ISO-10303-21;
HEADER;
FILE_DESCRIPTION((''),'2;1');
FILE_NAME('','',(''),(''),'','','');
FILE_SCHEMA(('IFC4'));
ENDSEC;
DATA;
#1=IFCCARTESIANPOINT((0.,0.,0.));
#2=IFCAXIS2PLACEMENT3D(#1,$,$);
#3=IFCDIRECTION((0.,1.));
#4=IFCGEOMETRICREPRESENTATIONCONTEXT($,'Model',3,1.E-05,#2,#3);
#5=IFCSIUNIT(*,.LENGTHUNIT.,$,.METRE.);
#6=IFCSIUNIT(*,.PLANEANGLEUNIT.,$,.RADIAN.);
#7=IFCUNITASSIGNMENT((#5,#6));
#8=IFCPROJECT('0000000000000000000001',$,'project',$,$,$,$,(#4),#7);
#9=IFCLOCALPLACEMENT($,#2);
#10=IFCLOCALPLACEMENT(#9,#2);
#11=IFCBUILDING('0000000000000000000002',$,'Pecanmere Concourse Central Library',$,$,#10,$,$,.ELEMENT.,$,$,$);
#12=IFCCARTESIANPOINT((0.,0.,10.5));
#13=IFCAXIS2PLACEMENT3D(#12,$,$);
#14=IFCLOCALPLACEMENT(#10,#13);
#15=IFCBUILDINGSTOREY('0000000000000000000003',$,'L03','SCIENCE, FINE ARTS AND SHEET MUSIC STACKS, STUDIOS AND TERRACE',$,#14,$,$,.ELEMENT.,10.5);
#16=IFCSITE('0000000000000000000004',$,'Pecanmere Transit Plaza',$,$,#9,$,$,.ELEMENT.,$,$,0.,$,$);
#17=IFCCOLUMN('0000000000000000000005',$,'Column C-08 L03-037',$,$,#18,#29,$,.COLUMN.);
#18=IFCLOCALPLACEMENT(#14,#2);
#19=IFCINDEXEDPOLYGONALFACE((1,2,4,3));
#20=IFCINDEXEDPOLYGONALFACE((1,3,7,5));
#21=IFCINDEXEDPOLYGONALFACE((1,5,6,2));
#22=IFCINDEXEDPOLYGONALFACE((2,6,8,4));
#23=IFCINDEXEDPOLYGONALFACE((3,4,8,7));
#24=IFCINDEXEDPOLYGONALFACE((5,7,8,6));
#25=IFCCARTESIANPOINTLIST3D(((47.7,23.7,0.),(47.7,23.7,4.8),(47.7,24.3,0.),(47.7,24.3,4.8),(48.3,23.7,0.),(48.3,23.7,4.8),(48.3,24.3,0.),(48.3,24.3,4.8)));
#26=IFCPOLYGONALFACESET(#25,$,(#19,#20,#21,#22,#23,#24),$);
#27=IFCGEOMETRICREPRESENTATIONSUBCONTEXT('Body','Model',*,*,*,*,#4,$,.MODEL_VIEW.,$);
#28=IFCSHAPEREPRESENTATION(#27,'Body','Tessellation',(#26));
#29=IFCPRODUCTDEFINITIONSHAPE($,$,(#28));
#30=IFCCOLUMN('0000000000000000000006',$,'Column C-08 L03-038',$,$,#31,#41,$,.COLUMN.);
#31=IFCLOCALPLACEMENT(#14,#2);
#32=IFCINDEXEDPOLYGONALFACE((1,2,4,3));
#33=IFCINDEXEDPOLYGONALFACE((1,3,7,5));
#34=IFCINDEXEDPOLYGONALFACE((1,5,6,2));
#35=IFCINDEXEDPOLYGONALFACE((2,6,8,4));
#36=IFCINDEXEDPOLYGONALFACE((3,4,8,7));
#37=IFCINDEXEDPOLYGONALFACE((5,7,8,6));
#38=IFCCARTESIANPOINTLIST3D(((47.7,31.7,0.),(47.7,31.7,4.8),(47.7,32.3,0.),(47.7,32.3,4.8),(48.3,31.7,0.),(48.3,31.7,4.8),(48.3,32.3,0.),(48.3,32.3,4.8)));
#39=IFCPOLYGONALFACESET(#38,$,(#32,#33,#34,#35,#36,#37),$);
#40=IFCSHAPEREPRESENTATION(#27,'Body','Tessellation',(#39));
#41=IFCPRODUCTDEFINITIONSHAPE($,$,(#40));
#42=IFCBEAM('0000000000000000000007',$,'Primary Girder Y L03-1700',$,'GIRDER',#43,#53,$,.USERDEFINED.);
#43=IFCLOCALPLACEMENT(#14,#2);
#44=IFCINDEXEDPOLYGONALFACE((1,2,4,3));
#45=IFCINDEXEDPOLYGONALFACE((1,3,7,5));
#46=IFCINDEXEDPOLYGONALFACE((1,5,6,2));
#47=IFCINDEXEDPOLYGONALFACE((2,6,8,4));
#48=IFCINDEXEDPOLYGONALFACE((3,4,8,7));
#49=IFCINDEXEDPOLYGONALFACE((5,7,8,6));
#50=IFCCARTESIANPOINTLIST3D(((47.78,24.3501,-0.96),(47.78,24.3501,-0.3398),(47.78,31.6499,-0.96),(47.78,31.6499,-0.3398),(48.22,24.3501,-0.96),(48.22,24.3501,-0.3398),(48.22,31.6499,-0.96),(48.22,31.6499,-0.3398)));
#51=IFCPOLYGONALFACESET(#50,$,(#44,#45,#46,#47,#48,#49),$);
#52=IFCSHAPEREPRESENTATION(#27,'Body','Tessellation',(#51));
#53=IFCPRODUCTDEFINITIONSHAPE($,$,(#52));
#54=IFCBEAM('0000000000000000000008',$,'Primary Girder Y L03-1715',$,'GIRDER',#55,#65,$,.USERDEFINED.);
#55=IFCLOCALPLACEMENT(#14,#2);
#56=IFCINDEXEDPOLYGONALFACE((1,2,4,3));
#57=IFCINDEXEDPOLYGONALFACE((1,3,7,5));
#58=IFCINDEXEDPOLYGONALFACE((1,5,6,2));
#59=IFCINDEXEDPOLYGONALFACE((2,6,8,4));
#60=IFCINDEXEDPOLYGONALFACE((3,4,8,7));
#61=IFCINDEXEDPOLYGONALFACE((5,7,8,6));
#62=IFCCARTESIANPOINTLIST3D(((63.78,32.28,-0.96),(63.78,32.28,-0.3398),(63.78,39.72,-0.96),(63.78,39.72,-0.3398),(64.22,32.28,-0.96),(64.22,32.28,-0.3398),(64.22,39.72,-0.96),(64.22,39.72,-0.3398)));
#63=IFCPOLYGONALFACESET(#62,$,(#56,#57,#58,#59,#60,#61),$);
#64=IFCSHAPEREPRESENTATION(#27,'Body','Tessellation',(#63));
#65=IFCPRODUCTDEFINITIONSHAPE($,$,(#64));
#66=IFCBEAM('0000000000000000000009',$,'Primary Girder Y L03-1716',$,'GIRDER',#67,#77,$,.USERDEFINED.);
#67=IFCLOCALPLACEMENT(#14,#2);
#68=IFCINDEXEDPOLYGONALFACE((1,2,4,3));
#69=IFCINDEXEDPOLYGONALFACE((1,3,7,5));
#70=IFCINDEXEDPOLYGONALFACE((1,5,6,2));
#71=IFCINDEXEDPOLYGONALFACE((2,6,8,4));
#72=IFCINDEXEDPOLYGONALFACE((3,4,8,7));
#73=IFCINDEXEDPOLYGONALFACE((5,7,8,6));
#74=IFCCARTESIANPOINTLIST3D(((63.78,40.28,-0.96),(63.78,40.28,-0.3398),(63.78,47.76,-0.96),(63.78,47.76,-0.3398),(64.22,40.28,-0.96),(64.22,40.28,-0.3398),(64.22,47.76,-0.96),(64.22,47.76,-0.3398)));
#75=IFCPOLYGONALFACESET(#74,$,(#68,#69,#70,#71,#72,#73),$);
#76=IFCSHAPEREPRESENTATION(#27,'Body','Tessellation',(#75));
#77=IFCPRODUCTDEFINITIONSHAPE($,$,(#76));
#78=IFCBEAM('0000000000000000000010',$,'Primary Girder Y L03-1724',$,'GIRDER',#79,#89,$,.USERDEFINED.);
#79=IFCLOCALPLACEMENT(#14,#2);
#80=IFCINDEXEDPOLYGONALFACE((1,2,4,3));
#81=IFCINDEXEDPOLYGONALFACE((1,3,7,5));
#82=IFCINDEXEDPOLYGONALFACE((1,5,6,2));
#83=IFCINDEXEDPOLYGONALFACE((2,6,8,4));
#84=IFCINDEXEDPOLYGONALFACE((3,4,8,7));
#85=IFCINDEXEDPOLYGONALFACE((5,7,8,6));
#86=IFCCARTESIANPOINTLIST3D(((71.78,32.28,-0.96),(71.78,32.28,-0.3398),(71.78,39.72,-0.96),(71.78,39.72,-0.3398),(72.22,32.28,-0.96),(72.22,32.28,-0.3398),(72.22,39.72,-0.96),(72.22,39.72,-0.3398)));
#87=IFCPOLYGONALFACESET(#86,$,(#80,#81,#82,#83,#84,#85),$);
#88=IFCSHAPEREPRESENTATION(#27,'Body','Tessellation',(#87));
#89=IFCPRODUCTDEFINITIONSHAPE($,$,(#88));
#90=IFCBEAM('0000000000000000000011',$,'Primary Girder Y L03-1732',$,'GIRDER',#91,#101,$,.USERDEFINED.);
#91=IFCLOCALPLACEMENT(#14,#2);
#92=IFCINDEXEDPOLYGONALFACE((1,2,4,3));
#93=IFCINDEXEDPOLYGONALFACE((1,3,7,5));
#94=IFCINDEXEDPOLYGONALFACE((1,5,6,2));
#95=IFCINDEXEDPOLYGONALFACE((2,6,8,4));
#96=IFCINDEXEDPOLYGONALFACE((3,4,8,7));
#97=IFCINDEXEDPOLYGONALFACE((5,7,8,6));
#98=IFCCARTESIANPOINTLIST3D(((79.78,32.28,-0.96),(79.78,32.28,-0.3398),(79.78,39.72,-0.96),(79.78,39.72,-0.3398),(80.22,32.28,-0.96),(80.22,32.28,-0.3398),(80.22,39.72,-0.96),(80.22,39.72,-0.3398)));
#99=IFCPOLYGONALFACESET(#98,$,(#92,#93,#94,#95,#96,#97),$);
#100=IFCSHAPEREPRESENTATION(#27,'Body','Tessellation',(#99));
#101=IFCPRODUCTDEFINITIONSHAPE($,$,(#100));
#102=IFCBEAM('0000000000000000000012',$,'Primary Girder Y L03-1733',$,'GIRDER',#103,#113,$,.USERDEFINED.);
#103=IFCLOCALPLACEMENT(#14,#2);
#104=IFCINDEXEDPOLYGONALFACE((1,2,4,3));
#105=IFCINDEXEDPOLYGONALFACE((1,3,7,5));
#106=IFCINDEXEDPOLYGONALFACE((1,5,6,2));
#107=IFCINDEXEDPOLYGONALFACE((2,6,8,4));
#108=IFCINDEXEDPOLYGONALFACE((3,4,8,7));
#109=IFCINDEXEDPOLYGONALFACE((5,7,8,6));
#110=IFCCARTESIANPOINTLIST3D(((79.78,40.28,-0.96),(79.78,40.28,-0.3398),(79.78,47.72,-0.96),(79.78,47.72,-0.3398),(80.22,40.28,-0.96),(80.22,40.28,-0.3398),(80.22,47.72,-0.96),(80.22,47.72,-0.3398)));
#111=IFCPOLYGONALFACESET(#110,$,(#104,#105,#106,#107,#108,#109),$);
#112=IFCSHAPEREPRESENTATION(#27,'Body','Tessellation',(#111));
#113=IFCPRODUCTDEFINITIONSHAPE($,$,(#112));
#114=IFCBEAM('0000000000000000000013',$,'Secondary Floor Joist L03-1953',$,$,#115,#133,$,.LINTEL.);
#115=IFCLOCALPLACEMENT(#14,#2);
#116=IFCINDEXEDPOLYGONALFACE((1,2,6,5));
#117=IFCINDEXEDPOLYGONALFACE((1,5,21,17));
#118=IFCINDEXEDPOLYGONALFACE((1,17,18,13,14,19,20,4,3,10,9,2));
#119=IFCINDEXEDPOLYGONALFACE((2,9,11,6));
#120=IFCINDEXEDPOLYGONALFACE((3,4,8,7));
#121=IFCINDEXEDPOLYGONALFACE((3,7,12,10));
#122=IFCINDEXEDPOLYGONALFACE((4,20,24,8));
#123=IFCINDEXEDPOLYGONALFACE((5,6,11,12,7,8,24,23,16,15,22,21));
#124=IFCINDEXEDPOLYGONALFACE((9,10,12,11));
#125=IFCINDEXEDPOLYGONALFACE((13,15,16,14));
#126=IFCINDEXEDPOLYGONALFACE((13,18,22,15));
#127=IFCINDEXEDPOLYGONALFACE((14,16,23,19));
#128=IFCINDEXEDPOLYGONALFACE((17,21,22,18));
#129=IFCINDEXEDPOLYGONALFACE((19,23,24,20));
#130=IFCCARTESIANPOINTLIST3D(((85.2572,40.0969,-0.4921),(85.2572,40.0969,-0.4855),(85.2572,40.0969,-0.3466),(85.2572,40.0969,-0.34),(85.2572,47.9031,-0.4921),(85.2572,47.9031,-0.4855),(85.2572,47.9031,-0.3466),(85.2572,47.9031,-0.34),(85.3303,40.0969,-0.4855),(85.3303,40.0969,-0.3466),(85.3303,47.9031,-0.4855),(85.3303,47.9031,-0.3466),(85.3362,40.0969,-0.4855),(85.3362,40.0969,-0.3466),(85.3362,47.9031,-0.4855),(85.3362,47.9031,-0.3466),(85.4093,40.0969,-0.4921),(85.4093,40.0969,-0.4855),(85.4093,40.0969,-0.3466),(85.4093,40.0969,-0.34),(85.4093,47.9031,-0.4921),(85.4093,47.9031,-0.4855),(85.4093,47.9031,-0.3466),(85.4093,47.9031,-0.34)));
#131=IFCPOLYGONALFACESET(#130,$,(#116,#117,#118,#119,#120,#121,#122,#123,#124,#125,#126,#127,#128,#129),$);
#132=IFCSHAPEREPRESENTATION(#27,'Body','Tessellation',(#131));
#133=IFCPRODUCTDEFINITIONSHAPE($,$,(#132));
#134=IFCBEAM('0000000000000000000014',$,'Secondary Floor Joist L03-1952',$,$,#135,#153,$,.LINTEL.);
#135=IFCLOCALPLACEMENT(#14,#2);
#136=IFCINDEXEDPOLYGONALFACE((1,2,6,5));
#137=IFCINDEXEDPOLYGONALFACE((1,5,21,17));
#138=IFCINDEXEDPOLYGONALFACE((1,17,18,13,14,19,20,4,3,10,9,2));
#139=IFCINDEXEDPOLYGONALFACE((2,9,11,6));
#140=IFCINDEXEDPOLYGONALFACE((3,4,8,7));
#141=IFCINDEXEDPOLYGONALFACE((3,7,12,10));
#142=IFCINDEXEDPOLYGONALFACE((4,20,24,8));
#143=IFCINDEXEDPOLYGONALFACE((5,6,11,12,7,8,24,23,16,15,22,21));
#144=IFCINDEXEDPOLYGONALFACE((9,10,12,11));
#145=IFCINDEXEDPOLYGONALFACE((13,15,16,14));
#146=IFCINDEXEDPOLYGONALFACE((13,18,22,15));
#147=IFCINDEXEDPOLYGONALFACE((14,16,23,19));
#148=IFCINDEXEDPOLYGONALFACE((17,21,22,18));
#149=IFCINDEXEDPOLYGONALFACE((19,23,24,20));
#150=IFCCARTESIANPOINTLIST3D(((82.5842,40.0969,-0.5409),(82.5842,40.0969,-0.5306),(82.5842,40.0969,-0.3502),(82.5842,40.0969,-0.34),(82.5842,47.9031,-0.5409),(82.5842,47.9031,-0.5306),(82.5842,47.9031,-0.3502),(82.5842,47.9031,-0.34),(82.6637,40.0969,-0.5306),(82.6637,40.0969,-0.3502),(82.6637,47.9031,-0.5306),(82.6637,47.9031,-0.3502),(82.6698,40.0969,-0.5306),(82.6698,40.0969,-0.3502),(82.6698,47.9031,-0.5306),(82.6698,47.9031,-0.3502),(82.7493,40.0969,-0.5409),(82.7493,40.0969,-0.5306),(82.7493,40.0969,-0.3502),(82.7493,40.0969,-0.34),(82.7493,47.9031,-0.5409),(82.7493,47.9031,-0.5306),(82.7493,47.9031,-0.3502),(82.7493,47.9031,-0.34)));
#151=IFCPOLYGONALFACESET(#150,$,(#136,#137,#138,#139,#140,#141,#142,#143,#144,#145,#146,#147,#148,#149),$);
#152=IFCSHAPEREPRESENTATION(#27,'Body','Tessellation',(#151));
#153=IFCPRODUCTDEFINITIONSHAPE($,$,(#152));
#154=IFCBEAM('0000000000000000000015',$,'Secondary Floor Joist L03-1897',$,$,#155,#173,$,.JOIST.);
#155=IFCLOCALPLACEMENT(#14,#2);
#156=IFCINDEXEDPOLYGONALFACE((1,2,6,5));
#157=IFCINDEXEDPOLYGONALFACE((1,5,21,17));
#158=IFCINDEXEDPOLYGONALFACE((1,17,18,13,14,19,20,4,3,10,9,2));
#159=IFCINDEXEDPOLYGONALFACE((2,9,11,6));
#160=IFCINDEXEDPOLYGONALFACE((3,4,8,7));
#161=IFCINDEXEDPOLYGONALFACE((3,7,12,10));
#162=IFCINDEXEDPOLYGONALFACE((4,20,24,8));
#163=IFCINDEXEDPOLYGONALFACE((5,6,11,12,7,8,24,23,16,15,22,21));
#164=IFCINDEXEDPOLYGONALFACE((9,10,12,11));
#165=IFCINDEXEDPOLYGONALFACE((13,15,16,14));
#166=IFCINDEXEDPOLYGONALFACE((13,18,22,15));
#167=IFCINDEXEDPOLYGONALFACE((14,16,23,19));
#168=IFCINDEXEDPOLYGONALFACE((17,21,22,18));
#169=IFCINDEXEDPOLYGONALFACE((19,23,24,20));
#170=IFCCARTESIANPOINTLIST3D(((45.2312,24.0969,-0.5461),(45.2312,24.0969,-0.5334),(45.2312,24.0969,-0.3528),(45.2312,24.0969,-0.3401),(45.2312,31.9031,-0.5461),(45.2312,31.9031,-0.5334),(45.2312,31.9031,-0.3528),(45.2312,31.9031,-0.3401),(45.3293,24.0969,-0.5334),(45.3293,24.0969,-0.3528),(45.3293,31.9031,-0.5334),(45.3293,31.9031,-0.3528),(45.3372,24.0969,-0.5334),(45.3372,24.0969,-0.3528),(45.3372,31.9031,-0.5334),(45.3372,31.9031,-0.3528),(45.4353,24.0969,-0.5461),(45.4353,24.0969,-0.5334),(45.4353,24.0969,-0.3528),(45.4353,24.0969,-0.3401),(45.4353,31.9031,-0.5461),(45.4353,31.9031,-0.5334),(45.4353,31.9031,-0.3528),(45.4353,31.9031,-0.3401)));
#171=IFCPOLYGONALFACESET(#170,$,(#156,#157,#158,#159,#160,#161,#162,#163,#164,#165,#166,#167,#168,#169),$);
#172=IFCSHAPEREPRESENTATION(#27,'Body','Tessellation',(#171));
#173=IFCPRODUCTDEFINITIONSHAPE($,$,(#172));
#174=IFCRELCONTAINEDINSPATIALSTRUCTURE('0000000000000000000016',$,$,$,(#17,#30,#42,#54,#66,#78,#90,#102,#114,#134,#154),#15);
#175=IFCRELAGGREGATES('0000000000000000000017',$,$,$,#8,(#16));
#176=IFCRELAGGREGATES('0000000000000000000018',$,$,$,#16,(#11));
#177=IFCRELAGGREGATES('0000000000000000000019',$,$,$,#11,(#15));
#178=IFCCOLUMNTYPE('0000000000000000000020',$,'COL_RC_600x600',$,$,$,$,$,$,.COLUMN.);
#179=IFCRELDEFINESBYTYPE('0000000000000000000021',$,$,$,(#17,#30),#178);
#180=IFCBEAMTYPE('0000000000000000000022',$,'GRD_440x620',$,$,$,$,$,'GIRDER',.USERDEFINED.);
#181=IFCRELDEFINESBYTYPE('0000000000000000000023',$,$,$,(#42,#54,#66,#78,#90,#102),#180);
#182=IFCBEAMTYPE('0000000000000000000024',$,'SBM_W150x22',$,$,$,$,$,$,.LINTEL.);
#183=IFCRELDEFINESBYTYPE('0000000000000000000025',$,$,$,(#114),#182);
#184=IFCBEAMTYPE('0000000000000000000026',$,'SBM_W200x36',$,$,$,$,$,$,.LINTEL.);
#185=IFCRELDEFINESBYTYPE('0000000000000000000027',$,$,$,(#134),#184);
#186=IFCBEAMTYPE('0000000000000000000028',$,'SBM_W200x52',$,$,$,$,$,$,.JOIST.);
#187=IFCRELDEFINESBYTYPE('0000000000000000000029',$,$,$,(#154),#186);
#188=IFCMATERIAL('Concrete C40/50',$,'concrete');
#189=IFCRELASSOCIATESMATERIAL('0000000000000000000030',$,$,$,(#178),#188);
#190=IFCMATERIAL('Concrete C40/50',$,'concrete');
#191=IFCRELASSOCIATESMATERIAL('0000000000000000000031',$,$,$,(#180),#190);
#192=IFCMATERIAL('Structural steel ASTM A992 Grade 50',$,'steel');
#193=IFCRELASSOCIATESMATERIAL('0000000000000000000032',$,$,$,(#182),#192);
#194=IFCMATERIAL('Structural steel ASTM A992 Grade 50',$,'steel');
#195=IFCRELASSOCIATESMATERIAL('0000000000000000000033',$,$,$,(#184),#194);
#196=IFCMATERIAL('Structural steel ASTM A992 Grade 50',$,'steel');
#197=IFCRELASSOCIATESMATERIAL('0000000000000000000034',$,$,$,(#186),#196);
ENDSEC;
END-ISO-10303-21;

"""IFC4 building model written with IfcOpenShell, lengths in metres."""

from ifc_helpers import new_model, si_unit, direction, frame, origin, origin_2d, place, context, subcontext, project, spatial, rectangle, i_section, extrude, material, material_profile, profile_set, type_object, element, save


model = new_model("IFC4")

# Units and contexts
model_context = context("Model", 3, precision=1e-05, world=origin(), true_north=direction((0.0, 1.0)))
body_context = subcontext(model_context, "Body", "Model", "MODEL_VIEW")
ifc_project = project(units=[si_unit("LENGTHUNIT", "METRE"), si_unit("PLANEANGLEUNIT", "RADIAN")], contexts=[model_context])

# Site, building, storey
site_placement = place(None, origin())
site = spatial("IfcSite", under=ifc_project, at=site_placement, Name="Pecanmere Transit Plaza", CompositionType="ELEMENT", RefElevation=0.0)
building_placement = place(site_placement, origin())
building = spatial("IfcBuilding", under=site, at=building_placement, Name="Pecanmere Concourse Central Library", CompositionType="ELEMENT")
storey_placement = place(building_placement, frame((0.0, 0.0, 10.5)))
storey = spatial("IfcBuildingStorey", under=building, at=storey_placement, Name="L03", Description="SCIENCE, FINE ARTS AND SHEET MUSIC STACKS, STUDIOS AND TERRACE", CompositionType="ELEMENT", Elevation=10.5)

# Columns
ifc_material_1 = material(Name="Concrete C40/50", Category="concrete")
ifc_material_profile_1 = material_profile(ifc_material_1, rectangle(XDim=0.6001, YDim=0.6001, at=origin_2d()), Name="RC 600x600")
ifc_profile_set_1 = profile_set([ifc_material_profile_1], Name="Concrete C40/50")
column_type = type_object("IfcColumnType", Name="COL_RC_600x600", PredefinedType="COLUMN", material=ifc_profile_set_1)
for number, where, z_axis, x_axis, name in (
    (1, (48.0, 24.0, 0.0), (0.0, 0.0, 1.0), (1.0, 0.0, 0.0), "Column C-08 L03-037"),
    (2, (48.0, 32.0, 0.0), (0.0, 0.0, 1.0), (1.0, 0.0, 0.0), "Column C-08 L03-038"),
):
    element("IfcColumn", number, at=place(storey_placement, frame(where, z_axis=z_axis, x_axis=x_axis)), inside=storey, type_object=column_type, Name=name, PredefinedType="COLUMN", context=body_context, shape_type="SweptSolid", body=[
        extrude(rectangle(XDim=0.6001, YDim=0.6001, at=origin_2d()), origin(), (0.0, 0.0, 1.0), 4.8),
    ])

# Beams
ifc_material_2 = material(Name="Concrete C40/50", Category="concrete")
ifc_material_profile_2 = material_profile(ifc_material_2, rectangle(XDim=0.4399, YDim=0.6201, at=origin_2d()), Name="RC 440x620")
ifc_profile_set_2 = profile_set([ifc_material_profile_2], Name="Concrete C40/50")
beam_type_1 = type_object("IfcBeamType", Name="GRD_440x620", ElementType="GIRDER", PredefinedType="USERDEFINED", material=ifc_profile_set_2)
beam_1_placement = place(storey_placement, frame((48.0, 24.3501, -0.6499), z_axis=(0.0, 1.0, 0.0), x_axis=(-1.0, 0.0, 0.0)))
element("IfcBeam", 3, at=beam_1_placement, inside=storey, type_object=beam_type_1, Name="Primary Girder Y L03-1700", ObjectType="GIRDER", PredefinedType="USERDEFINED", context=body_context, shape_type="SweptSolid", body=[
    extrude(rectangle(XDim=0.4399, YDim=0.6201, at=origin_2d()), origin(), (0.0, 0.0, 1.0), 7.2998),
])
beam_2_placement = place(storey_placement, frame((64.0, 32.28, -0.6499), z_axis=(0.0, 1.0, 0.0), x_axis=(-1.0, 0.0, 0.0)))
element("IfcBeam", 4, at=beam_2_placement, inside=storey, type_object=beam_type_1, Name="Primary Girder Y L03-1715", ObjectType="GIRDER", PredefinedType="USERDEFINED", context=body_context, shape_type="SweptSolid", body=[
    extrude(rectangle(XDim=0.4399, YDim=0.6201, at=origin_2d()), origin(), (0.0, 0.0, 1.0), 7.4399),
])
beam_3_placement = place(storey_placement, frame((64.0, 40.28, -0.6499), z_axis=(0.0, 1.0, 0.0), x_axis=(-1.0, 0.0, 0.0)))
element("IfcBeam", 5, at=beam_3_placement, inside=storey, type_object=beam_type_1, Name="Primary Girder Y L03-1716", ObjectType="GIRDER", PredefinedType="USERDEFINED", context=body_context, shape_type="SweptSolid", body=[
    extrude(rectangle(XDim=0.4399, YDim=0.6201, at=origin_2d()), origin(), (0.0, 0.0, 1.0), 7.48),
])
for number, where, z_axis, x_axis, name in (
    (6, (72.0, 32.28, -0.6499), (0.0, 1.0, 0.0), (-1.0, 0.0, 0.0), "Primary Girder Y L03-1724"),
    (7, (80.0, 32.28, -0.6499), (0.0, 1.0, 0.0), (-1.0, 0.0, 0.0), "Primary Girder Y L03-1732"),
    (8, (80.0, 40.28, -0.6499), (0.0, 1.0, 0.0), (-1.0, 0.0, 0.0), "Primary Girder Y L03-1733"),
):
    element("IfcBeam", number, at=place(storey_placement, frame(where, z_axis=z_axis, x_axis=x_axis)), inside=storey, type_object=beam_type_1, Name=name, ObjectType="GIRDER", PredefinedType="USERDEFINED", context=body_context, shape_type="SweptSolid", body=[
        extrude(rectangle(XDim=0.4399, YDim=0.6201, at=origin_2d()), origin(), (0.0, 0.0, 1.0), 7.4399),
    ])
ifc_material_3 = material(Name="Structural steel ASTM A992 Grade 50", Category="steel")
ifc_material_profile_3 = material_profile(ifc_material_3, i_section(OverallWidth=0.1521, OverallDepth=0.1521, WebThickness=0.0059, FlangeThickness=0.0066, at=origin_2d()), Name="W150x22.5")
ifc_profile_set_3 = profile_set([ifc_material_profile_3], Name="Structural steel ASTM A992 Grade 50")
beam_type_2 = type_object("IfcBeamType", Name="SBM_W150x22", PredefinedType="LINTEL", material=ifc_profile_set_3)
beam_4_placement = place(storey_placement, frame((85.3333, 40.0969, -0.416), z_axis=(0.0, 1.0, 0.0), x_axis=(-1.0, 0.0, 0.0)))
element("IfcBeam", 9, at=beam_4_placement, inside=storey, type_object=beam_type_2, Name="Secondary Floor Joist L03-1953", PredefinedType="LINTEL", context=body_context, shape_type="SweptSolid", body=[
    extrude(i_section(OverallWidth=0.1521, OverallDepth=0.1521, WebThickness=0.0059, FlangeThickness=0.0066, at=origin_2d()), origin(), (0.0, 0.0, 1.0), 7.8062),
])
ifc_material_4 = material(Name="Structural steel ASTM A992 Grade 50", Category="steel")
ifc_material_profile_4 = material_profile(ifc_material_4, i_section(OverallWidth=0.165, OverallDepth=0.2009, WebThickness=0.0061, FlangeThickness=0.0103, at=origin_2d()), Name="W200x35.9")
ifc_profile_set_4 = profile_set([ifc_material_profile_4], Name="Structural steel ASTM A992 Grade 50")
beam_type_3 = type_object("IfcBeamType", Name="SBM_W200x36", PredefinedType="LINTEL", material=ifc_profile_set_4)
beam_5_placement = place(storey_placement, frame((82.6667, 40.0969, -0.4404), z_axis=(0.0, 1.0, 0.0), x_axis=(-1.0, 0.0, 0.0)))
element("IfcBeam", 10, at=beam_5_placement, inside=storey, type_object=beam_type_3, Name="Secondary Floor Joist L03-1952", PredefinedType="LINTEL", context=body_context, shape_type="SweptSolid", body=[
    extrude(i_section(OverallWidth=0.165, OverallDepth=0.2009, WebThickness=0.0061, FlangeThickness=0.0103, at=origin_2d()), origin(), (0.0, 0.0, 1.0), 7.8062),
])
ifc_material_5 = material(Name="Structural steel ASTM A992 Grade 50", Category="steel")
ifc_material_profile_5 = material_profile(ifc_material_5, i_section(OverallWidth=0.2041, OverallDepth=0.2061, WebThickness=0.0078, FlangeThickness=0.0127, at=origin_2d()), Name="W200x52")
ifc_profile_set_5 = profile_set([ifc_material_profile_5], Name="Structural steel ASTM A992 Grade 50")
beam_type_4 = type_object("IfcBeamType", Name="SBM_W200x52", PredefinedType="JOIST", material=ifc_profile_set_5)
beam_6_placement = place(storey_placement, frame((45.3333, 24.0969, -0.4431), z_axis=(0.0, 1.0, 0.0), x_axis=(-1.0, 0.0, 0.0)))
element("IfcBeam", 11, at=beam_6_placement, inside=storey, type_object=beam_type_4, Name="Secondary Floor Joist L03-1897", PredefinedType="JOIST", context=body_context, shape_type="SweptSolid", body=[
    extrude(i_section(OverallWidth=0.2041, OverallDepth=0.2061, WebThickness=0.0078, FlangeThickness=0.0127, at=origin_2d()), origin(), (0.0, 0.0, 1.0), 7.8062),
])

save(model, "model.ifc")
